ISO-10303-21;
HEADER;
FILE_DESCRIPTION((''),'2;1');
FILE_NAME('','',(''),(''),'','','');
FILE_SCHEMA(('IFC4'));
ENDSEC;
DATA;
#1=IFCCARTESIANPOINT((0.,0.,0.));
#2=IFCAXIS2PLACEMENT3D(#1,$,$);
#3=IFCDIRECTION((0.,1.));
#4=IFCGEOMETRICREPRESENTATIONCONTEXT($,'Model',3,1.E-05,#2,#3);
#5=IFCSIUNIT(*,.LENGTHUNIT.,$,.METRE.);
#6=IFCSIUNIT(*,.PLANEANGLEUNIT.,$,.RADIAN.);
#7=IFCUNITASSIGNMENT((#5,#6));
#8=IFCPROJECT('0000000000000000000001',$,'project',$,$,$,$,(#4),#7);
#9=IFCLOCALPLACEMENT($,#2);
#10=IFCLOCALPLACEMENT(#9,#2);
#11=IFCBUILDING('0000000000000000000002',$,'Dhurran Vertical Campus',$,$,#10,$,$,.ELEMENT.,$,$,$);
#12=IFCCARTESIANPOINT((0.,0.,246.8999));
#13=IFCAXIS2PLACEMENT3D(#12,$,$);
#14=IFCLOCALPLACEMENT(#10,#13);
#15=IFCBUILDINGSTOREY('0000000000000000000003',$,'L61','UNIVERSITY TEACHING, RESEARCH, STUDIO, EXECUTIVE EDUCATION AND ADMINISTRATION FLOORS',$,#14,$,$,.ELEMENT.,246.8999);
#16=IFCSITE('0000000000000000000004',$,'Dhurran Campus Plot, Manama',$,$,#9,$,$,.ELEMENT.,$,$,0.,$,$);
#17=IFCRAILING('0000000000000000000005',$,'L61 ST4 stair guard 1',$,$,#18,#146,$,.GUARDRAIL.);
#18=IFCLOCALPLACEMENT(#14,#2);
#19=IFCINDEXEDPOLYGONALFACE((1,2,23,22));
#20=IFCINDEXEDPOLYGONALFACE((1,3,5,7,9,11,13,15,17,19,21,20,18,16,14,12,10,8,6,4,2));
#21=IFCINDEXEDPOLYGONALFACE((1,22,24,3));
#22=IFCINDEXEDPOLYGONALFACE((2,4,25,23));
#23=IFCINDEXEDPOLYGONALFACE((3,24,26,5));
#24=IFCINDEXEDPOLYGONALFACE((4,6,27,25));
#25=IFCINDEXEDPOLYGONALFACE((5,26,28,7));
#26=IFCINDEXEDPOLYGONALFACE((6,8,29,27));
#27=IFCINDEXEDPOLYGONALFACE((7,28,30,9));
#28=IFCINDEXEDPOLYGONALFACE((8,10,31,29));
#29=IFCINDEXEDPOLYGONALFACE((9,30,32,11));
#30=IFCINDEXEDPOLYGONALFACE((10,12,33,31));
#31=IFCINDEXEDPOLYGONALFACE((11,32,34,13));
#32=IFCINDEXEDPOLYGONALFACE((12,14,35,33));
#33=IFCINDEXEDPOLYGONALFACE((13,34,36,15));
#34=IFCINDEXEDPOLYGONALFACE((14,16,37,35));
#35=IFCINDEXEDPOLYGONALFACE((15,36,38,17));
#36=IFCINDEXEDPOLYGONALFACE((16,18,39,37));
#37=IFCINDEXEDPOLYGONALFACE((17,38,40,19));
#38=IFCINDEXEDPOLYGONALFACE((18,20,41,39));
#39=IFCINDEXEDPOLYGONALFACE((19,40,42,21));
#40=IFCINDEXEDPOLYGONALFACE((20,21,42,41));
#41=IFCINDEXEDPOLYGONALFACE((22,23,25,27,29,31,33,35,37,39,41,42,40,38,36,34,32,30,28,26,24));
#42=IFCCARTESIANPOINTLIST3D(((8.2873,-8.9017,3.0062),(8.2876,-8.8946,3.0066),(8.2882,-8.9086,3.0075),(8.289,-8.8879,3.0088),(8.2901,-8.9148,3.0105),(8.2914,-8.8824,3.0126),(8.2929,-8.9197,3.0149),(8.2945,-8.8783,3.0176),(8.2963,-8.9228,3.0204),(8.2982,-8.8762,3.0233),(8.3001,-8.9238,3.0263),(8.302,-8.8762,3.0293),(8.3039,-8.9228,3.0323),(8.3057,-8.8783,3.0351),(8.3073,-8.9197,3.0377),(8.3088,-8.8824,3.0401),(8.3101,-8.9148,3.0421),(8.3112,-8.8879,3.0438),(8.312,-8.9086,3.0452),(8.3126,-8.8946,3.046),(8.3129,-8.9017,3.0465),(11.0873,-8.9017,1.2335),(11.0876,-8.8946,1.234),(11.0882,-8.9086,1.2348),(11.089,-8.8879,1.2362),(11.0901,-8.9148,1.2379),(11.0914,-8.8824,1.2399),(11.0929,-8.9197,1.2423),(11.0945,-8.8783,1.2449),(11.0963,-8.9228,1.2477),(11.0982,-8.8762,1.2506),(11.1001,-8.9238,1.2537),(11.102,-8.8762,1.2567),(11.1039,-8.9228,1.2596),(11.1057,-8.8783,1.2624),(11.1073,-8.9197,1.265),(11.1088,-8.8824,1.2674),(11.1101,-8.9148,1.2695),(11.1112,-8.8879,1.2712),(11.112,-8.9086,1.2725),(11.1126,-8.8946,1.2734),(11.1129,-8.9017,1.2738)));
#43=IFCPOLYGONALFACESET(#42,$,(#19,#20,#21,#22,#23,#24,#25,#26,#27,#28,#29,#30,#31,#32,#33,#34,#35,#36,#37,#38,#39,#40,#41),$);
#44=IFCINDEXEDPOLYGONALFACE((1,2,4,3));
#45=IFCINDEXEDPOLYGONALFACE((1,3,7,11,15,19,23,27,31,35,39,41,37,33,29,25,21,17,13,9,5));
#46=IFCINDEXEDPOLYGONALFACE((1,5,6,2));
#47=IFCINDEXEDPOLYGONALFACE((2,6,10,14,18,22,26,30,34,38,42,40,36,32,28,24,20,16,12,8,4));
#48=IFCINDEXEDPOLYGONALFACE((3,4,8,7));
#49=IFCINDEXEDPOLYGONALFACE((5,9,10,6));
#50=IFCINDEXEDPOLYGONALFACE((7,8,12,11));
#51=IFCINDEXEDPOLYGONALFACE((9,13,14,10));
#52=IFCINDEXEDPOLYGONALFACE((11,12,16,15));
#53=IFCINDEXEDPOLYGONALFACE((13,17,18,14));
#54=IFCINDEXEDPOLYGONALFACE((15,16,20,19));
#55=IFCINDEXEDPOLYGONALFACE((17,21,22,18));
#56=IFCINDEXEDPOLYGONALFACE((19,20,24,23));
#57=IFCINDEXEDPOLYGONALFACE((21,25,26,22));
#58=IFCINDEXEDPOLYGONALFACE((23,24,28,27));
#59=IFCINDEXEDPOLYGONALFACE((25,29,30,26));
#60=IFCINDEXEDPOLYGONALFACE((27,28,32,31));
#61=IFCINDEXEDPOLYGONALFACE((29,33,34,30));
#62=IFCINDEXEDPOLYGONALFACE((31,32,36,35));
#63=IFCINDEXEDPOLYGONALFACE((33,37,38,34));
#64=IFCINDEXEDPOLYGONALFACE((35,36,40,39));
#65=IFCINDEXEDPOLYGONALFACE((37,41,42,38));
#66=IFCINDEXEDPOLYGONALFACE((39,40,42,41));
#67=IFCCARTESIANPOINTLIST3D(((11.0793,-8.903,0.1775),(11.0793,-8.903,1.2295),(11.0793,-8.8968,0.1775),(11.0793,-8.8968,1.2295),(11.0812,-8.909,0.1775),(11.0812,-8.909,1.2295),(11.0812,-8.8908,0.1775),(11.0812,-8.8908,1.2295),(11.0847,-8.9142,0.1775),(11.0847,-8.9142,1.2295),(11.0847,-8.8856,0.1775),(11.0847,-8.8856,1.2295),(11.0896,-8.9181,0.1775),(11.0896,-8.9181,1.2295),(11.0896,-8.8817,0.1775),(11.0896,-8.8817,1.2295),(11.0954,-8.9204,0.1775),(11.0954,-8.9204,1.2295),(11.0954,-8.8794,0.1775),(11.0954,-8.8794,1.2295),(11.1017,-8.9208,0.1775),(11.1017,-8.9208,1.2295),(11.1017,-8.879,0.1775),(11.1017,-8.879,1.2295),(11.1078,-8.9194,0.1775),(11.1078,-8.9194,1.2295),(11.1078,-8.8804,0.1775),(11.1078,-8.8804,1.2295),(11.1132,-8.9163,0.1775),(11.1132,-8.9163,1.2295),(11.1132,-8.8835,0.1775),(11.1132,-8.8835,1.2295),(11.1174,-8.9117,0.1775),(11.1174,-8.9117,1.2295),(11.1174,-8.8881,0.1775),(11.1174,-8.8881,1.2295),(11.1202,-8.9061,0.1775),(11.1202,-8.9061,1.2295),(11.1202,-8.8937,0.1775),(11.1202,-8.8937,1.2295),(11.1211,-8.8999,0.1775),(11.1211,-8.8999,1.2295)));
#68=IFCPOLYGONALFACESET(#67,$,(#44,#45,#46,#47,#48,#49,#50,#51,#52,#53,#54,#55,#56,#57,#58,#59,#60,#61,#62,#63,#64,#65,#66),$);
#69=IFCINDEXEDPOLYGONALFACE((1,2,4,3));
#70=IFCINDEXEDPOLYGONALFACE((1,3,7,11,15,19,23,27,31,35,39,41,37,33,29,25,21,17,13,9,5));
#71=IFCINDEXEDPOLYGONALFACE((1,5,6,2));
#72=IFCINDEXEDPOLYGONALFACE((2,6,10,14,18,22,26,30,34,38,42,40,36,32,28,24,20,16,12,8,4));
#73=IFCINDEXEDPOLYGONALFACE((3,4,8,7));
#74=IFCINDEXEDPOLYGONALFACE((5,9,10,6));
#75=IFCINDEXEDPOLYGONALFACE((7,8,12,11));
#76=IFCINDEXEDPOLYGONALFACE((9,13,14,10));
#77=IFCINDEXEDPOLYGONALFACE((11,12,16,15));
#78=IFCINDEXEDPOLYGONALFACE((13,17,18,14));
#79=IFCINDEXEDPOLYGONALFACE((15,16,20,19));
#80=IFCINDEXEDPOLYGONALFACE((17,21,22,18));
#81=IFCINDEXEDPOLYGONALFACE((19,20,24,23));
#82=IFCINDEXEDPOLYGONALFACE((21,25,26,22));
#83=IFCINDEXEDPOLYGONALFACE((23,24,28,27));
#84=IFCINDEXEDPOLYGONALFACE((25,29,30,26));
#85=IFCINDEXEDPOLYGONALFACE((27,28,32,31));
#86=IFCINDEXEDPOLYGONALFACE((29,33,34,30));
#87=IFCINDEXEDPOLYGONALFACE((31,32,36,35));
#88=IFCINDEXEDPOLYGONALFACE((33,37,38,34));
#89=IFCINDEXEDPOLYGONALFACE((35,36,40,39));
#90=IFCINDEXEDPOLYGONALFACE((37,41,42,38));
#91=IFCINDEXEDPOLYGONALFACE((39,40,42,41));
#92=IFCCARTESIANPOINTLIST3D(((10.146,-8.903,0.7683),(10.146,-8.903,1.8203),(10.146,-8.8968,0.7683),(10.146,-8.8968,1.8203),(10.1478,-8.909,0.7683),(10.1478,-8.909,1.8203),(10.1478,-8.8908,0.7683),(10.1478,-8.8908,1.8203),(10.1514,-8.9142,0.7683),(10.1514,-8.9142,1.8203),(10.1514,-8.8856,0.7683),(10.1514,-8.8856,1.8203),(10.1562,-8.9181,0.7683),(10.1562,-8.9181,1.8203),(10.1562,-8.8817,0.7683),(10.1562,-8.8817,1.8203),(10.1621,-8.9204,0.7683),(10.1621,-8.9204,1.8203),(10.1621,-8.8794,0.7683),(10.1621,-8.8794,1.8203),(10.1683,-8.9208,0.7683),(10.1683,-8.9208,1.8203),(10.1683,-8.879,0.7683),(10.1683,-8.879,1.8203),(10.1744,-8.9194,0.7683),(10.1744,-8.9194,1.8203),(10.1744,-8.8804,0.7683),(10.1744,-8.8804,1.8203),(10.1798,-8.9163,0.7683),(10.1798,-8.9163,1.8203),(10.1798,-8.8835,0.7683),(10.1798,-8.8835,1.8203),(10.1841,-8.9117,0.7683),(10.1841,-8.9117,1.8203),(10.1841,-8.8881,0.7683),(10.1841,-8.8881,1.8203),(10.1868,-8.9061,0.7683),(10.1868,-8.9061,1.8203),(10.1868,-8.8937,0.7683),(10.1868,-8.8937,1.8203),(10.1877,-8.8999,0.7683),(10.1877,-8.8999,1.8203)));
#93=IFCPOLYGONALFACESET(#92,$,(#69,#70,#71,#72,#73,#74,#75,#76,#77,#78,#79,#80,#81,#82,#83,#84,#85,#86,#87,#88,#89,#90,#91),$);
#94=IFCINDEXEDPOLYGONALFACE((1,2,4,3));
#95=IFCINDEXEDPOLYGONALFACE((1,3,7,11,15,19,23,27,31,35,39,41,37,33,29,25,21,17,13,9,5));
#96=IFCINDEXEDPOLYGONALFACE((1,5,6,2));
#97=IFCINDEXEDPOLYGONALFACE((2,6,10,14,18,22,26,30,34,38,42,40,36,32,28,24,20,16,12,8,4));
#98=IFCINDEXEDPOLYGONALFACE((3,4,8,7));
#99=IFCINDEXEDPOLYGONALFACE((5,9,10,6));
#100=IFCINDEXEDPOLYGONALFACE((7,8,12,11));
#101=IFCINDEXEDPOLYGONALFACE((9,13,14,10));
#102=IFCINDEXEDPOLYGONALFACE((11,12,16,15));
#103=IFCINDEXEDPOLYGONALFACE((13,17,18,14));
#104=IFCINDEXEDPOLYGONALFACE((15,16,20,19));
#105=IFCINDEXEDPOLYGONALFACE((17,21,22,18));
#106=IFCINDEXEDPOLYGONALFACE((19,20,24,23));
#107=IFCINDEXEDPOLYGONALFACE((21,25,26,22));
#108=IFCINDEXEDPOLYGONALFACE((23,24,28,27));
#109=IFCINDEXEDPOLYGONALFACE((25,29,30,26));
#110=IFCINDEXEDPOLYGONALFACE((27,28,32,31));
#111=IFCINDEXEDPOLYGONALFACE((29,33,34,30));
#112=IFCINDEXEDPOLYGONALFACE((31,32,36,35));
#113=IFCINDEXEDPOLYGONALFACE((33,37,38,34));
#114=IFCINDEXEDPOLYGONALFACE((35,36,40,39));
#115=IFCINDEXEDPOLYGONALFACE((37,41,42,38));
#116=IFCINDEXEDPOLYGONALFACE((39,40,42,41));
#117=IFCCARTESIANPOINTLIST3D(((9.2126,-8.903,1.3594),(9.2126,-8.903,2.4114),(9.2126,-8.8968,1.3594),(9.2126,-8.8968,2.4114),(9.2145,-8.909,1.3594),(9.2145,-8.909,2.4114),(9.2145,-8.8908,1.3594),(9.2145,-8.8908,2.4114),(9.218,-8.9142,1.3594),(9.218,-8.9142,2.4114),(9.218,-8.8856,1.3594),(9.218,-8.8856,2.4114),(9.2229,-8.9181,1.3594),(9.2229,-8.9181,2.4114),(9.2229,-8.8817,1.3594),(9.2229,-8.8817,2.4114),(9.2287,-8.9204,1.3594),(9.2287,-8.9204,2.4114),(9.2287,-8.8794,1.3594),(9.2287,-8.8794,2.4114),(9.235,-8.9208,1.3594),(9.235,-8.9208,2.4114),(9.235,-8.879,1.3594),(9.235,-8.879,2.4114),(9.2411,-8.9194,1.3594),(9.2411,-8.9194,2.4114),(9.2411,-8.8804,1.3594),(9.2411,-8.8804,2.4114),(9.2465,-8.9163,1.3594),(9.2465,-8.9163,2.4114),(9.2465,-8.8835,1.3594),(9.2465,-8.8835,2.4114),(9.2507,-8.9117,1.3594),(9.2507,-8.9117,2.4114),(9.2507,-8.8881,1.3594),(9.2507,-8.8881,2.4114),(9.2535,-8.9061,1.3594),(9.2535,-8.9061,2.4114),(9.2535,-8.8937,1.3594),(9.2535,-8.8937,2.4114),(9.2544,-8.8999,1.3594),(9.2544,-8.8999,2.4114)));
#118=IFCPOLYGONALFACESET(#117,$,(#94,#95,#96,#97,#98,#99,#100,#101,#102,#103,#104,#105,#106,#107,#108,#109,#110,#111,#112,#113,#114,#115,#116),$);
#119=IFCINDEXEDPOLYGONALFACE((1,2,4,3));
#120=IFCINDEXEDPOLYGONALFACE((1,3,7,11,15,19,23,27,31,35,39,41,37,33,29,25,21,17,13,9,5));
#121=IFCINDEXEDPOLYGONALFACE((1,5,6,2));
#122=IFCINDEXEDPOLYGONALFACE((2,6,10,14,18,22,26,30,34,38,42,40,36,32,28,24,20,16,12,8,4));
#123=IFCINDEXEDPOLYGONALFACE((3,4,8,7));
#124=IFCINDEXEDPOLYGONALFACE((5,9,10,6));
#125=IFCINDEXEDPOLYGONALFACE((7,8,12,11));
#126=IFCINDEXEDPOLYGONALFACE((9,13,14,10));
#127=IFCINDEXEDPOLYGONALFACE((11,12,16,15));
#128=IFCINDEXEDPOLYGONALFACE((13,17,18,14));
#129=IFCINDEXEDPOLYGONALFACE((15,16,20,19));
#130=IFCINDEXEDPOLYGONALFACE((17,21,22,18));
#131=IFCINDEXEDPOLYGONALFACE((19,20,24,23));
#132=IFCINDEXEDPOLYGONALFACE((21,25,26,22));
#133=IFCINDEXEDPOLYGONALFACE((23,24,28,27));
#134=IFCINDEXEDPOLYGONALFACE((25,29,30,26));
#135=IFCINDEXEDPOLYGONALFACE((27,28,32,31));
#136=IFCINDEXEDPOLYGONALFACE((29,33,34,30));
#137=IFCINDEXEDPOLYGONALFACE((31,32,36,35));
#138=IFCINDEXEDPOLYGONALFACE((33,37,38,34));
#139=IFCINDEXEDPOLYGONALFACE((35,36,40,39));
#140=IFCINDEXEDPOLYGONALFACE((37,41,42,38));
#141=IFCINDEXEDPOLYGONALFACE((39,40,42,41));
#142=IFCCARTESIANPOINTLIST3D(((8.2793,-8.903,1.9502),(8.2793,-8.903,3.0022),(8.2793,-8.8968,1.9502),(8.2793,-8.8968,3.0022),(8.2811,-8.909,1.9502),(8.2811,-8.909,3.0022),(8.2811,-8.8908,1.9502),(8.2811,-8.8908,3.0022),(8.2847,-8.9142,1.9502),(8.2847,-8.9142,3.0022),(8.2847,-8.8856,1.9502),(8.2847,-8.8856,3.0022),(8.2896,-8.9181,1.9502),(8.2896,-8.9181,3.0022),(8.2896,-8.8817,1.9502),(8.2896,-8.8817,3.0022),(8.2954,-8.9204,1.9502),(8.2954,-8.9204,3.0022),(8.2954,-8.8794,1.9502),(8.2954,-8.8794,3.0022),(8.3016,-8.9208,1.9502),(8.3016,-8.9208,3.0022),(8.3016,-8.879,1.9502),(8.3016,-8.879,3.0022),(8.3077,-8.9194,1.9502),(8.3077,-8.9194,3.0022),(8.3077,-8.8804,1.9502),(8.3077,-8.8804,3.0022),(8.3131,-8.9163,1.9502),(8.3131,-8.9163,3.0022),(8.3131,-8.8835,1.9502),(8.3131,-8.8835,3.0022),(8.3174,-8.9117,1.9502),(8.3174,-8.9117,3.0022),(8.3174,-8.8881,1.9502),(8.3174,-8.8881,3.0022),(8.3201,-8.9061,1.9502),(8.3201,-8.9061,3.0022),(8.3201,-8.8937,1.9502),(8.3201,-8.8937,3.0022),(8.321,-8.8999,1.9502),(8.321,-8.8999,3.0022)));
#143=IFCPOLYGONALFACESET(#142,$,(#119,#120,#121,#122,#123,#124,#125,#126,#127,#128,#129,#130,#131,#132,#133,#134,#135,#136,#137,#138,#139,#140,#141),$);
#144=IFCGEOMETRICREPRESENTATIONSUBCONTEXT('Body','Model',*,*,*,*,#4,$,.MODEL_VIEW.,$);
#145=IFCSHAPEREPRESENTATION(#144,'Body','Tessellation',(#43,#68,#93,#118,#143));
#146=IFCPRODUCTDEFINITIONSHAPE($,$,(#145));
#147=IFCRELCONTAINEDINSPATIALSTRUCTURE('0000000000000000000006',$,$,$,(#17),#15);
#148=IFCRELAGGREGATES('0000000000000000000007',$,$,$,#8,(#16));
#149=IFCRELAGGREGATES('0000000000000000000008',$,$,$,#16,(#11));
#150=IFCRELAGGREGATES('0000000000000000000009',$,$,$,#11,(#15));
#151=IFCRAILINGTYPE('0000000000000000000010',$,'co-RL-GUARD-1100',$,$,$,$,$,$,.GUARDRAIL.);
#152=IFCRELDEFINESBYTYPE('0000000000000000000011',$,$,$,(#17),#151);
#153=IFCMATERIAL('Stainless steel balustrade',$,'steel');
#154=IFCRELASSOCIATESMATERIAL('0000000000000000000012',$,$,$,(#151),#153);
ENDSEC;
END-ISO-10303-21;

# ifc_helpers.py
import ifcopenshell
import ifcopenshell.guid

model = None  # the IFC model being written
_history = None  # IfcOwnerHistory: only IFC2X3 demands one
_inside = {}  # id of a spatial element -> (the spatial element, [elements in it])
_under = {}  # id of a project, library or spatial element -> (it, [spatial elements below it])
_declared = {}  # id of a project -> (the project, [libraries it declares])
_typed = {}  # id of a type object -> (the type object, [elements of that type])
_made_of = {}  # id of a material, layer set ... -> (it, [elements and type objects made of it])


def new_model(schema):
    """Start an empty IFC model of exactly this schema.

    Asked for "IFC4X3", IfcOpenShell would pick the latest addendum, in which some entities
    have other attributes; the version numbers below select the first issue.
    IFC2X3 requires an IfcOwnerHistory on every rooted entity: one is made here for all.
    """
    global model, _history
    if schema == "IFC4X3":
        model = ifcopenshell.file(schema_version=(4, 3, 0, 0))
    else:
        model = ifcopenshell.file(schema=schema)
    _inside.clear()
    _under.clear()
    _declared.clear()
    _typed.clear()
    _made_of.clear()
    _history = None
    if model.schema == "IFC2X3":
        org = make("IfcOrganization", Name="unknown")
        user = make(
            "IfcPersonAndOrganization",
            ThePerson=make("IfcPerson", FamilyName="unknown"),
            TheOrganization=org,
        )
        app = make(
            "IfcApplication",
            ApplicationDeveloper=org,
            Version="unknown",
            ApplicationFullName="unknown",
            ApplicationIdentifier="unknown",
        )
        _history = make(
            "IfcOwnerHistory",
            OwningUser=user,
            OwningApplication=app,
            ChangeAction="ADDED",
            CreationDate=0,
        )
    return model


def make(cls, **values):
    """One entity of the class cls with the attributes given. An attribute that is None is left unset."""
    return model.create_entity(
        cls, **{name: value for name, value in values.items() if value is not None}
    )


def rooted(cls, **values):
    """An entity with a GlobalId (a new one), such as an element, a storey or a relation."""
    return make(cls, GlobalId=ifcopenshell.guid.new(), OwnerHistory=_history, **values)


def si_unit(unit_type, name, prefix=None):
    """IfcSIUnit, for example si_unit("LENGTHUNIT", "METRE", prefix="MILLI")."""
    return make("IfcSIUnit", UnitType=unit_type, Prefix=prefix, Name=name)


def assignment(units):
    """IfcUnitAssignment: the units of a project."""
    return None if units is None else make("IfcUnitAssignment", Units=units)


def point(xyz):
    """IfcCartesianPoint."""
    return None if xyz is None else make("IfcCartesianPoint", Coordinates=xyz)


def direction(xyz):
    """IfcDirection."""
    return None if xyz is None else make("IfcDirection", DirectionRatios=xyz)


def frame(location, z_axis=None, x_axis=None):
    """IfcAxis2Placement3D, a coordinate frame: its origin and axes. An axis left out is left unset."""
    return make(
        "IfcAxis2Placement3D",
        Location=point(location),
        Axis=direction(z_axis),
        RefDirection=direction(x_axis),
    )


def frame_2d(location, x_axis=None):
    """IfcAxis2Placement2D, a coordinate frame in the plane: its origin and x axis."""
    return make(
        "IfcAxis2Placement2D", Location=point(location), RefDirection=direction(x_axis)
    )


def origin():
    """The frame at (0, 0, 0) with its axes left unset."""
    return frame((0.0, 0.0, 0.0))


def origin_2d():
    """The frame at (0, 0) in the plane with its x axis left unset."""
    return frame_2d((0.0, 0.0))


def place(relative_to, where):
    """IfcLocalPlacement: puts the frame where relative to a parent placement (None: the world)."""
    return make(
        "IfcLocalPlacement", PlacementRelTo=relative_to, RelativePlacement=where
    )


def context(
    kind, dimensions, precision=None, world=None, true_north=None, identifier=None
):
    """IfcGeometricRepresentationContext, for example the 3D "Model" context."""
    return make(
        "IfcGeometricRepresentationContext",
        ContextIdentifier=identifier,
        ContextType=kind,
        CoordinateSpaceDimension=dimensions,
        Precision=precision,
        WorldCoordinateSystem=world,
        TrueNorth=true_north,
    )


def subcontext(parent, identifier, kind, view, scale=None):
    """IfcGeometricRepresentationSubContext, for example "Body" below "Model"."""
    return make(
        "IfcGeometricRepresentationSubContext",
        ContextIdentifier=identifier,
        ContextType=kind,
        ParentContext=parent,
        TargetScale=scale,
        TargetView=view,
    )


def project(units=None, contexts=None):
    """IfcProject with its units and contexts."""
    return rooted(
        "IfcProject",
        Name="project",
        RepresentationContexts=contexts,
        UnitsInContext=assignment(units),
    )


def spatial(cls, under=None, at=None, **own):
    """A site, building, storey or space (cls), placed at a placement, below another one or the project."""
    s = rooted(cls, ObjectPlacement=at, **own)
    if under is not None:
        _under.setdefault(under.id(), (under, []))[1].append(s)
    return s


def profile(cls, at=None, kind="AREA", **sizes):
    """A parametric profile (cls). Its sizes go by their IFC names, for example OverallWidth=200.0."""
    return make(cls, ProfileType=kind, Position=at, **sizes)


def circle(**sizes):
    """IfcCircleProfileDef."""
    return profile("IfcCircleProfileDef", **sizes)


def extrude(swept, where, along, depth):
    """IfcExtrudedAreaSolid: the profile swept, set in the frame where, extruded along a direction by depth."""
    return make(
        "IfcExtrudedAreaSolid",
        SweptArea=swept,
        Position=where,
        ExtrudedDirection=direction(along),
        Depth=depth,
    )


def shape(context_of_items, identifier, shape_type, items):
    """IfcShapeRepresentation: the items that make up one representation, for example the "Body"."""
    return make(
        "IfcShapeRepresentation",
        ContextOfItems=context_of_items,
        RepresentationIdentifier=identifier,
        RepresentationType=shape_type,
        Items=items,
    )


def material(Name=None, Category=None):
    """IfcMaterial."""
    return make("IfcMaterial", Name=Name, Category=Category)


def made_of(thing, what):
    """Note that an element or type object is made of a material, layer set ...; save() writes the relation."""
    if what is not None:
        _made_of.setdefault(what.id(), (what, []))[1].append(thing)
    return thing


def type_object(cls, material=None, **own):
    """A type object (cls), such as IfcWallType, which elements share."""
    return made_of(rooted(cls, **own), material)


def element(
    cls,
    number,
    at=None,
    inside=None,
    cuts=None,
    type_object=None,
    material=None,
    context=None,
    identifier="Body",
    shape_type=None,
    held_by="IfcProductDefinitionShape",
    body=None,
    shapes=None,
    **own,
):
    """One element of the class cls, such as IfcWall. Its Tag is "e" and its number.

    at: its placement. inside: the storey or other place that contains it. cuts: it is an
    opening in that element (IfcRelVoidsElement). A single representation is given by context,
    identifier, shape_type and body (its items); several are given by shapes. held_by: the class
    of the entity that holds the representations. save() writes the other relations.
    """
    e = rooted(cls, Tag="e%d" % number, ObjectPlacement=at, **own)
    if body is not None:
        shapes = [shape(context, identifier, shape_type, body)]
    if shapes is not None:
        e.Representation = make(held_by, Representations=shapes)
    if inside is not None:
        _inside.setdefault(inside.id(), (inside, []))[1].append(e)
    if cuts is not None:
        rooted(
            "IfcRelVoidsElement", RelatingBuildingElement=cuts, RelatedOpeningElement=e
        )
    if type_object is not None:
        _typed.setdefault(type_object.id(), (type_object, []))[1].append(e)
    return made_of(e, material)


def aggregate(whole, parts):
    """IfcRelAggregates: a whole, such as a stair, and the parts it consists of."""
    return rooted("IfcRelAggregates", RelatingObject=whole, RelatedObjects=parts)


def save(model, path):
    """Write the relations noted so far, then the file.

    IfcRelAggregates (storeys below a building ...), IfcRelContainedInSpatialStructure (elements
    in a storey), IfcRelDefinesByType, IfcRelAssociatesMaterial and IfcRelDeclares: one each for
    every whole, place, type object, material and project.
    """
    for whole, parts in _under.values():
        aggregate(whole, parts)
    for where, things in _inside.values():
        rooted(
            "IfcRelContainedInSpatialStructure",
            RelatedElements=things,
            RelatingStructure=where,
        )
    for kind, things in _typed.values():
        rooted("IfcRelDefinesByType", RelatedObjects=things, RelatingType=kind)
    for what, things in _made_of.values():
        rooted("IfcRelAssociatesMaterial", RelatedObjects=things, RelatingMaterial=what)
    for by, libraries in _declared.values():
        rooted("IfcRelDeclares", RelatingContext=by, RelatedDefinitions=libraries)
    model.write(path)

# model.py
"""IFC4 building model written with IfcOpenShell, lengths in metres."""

from ifc_helpers import new_model, si_unit, direction, frame, origin, origin_2d, place, context, subcontext, project, spatial, circle, extrude, material, type_object, element, save


model = new_model("IFC4")

# Units and contexts
model_context = context("Model", 3, precision=1e-05, world=origin(), true_north=direction((0.0, 1.0)))
body_context = subcontext(model_context, "Body", "Model", "MODEL_VIEW")
ifc_project = project(units=[si_unit("LENGTHUNIT", "METRE"), si_unit("PLANEANGLEUNIT", "RADIAN")], contexts=[model_context])

# Site, building, storey
site_placement = place(None, origin())
site = spatial("IfcSite", under=ifc_project, at=site_placement, Name="Dhurran Campus Plot, Manama", CompositionType="ELEMENT", RefElevation=0.0)
building_placement = place(site_placement, origin())
building = spatial("IfcBuilding", under=site, at=building_placement, Name="Dhurran Vertical Campus", CompositionType="ELEMENT")
storey_placement = place(building_placement, frame((0.0, 0.0, 246.8999)))
storey = spatial("IfcBuildingStorey", under=building, at=storey_placement, Name="L61", Description="UNIVERSITY TEACHING, RESEARCH, STUDIO, EXECUTIVE EDUCATION AND ADMINISTRATION FLOORS", CompositionType="ELEMENT", Elevation=246.8999)

# Railing
ifc_material_1 = material(Name="Stainless steel balustrade", Category="steel")
railing_type_1 = type_object("IfcRailingType", Name="co-RL-GUARD-1100", PredefinedType="GUARDRAIL", material=ifc_material_1)
railing_1_placement = place(storey_placement, frame((11.1001, -8.8999, 0.1775)))
element("IfcRailing", 1, at=railing_1_placement, inside=storey, type_object=railing_type_1, Name="L61 ST4 stair guard 1", PredefinedType="GUARDRAIL", context=body_context, shape_type="SweptSolid", body=[
    extrude(circle(Radius=0.0239, at=origin_2d()), frame((0.0, 0.0, 1.0762), z_axis=(-0.844909, 0.0, 0.53491), x_axis=(0.0, -1.0, 0.0)), (0.0, 0.0, 1.0), 3.314),
    extrude(circle(Radius=0.021, at=origin_2d()), origin(), (0.0, 0.0, 1.0), 1.052),
    extrude(circle(Radius=0.021, at=origin_2d()), frame((-0.9333, 0.0, 0.5908)), (0.0, 0.0, 1.0), 1.052),
    extrude(circle(Radius=0.021, at=origin_2d()), frame((-1.8667, 0.0, 1.1819)), (0.0, 0.0, 1.0), 1.052),
    extrude(circle(Radius=0.021, at=origin_2d()), frame((-2.8, 0.0, 1.7727)), (0.0, 0.0, 1.0), 1.052),
])

save(model, "model.ifc")
